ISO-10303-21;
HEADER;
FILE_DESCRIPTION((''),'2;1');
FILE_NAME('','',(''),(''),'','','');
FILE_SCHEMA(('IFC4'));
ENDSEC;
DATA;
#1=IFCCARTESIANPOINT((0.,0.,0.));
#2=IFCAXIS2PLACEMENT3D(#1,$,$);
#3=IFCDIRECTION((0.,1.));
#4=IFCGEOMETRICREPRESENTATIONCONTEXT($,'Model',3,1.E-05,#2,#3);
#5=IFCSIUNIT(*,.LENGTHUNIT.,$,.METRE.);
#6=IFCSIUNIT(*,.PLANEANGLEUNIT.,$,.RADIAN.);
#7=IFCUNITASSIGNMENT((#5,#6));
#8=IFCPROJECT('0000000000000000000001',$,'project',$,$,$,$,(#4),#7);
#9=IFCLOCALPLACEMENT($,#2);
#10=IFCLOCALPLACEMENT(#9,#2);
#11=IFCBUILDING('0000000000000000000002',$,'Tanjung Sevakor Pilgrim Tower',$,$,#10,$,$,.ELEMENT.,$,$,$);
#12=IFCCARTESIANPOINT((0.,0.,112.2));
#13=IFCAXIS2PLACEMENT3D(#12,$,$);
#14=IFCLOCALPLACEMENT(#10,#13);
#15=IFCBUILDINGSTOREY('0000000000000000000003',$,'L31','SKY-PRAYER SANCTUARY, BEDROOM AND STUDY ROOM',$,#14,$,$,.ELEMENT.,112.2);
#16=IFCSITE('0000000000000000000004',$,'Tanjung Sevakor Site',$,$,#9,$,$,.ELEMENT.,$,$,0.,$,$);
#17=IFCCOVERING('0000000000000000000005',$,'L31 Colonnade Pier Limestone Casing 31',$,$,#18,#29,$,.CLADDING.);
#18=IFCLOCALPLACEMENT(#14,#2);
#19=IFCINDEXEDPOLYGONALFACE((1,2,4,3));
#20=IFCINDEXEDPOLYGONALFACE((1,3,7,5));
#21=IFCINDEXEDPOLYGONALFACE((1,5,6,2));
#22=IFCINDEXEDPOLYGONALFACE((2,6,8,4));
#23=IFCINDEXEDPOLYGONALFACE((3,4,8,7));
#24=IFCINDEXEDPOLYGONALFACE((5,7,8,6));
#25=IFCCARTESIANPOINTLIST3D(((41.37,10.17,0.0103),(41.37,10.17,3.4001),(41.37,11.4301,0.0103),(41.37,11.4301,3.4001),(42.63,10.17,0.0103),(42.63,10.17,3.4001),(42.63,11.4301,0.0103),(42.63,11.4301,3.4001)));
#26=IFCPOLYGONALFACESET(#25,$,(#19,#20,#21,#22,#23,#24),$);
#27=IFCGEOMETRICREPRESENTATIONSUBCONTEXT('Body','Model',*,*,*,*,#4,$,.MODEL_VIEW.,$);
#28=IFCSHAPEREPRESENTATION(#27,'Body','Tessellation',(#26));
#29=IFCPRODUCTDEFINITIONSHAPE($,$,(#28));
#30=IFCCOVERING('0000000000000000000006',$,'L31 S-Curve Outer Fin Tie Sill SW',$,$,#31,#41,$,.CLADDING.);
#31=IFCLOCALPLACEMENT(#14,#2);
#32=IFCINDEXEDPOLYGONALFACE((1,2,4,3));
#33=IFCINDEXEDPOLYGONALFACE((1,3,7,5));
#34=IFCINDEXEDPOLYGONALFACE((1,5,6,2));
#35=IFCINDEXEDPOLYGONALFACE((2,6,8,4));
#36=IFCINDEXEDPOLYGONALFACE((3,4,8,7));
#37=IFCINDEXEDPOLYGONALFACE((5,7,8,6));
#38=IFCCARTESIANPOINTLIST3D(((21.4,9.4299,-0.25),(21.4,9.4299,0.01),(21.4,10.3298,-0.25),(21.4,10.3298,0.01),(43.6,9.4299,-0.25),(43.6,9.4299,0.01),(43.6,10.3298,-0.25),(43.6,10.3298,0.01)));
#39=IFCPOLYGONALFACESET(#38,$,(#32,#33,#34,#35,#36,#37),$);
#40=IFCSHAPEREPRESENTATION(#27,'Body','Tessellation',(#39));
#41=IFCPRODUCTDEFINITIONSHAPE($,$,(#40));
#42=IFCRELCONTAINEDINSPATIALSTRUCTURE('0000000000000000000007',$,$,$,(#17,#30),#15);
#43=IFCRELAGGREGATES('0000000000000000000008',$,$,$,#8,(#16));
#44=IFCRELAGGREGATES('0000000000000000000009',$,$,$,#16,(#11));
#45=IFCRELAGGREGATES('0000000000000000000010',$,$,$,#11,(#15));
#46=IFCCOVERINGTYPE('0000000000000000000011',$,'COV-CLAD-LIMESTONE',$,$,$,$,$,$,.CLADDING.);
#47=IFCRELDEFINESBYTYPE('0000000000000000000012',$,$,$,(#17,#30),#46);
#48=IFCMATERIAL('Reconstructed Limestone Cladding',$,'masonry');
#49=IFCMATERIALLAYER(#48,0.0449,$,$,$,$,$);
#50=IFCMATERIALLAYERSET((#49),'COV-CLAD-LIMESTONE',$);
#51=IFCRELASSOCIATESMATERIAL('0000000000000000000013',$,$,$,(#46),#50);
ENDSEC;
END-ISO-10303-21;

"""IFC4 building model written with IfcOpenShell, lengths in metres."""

from ifc_helpers import new_model, si_unit, direction, frame, origin, origin_2d, place, context, subcontext, project, spatial, rectangle, extrude, material, layer, layer_set, type_object, element, save


model = new_model("IFC4")

# Units and contexts
model_context = context("Model", 3, precision=1e-05, world=origin(), true_north=direction((0.0, 1.0)))
body_context = subcontext(model_context, "Body", "Model", "MODEL_VIEW")
ifc_project = project(units=[si_unit("LENGTHUNIT", "METRE"), si_unit("PLANEANGLEUNIT", "RADIAN")], contexts=[model_context])

# Site, building, storey
site_placement = place(None, origin())
site = spatial("IfcSite", under=ifc_project, at=site_placement, Name="Tanjung Sevakor Site", CompositionType="ELEMENT", RefElevation=0.0)
building_placement = place(site_placement, origin())
building = spatial("IfcBuilding", under=site, at=building_placement, Name="Tanjung Sevakor Pilgrim Tower", CompositionType="ELEMENT")
storey_placement = place(building_placement, frame((0.0, 0.0, 112.2)))
storey = spatial("IfcBuildingStorey", under=building, at=storey_placement, Name="L31", Description="SKY-PRAYER SANCTUARY, BEDROOM AND STUDY ROOM", CompositionType="ELEMENT", Elevation=112.2)

# Coverings
ifc_material_1 = material(Name="Reconstructed Limestone Cladding", Category="masonry")
ifc_layer_1 = layer(ifc_material_1, 0.0449)
ifc_layer_set_1 = layer_set([ifc_layer_1], Name="COV-CLAD-LIMESTONE")
covering_type = type_object("IfcCoveringType", Name="COV-CLAD-LIMESTONE", PredefinedType="CLADDING", material=ifc_layer_set_1)
for number, where, z_axis, x_axis, name in (
    (1, (42.0, 10.8, 0.0103), (0.0, 0.0, 1.0), (1.0, 0.0, 0.0), "L31 Colonnade Pier Limestone Casing 31"),
):
    element("IfcCovering", number, at=place(storey_placement, frame(where, z_axis=z_axis, x_axis=x_axis)), inside=storey, type_object=covering_type, Name=name, PredefinedType="CLADDING", context=body_context, shape_type="SweptSolid", body=[
        extrude(rectangle(XDim=1.26, YDim=1.26, at=origin_2d()), origin(), (0.0, 0.0, 1.0), 3.3899),
    ])
covering_placement = place(storey_placement, frame((32.5, 9.8799, -0.25), z_axis=(0.0, 0.0, 1.0), x_axis=(1.0, 0.0, 0.0)))
element("IfcCovering", 2, at=covering_placement, inside=storey, type_object=covering_type, Name="L31 S-Curve Outer Fin Tie Sill SW", PredefinedType="CLADDING", context=body_context, shape_type="SweptSolid", body=[
    extrude(rectangle(XDim=22.2, YDim=0.8999, at=origin_2d()), origin(), (0.0, 0.0, 1.0), 0.26),
])

save(model, "model.ifc")
